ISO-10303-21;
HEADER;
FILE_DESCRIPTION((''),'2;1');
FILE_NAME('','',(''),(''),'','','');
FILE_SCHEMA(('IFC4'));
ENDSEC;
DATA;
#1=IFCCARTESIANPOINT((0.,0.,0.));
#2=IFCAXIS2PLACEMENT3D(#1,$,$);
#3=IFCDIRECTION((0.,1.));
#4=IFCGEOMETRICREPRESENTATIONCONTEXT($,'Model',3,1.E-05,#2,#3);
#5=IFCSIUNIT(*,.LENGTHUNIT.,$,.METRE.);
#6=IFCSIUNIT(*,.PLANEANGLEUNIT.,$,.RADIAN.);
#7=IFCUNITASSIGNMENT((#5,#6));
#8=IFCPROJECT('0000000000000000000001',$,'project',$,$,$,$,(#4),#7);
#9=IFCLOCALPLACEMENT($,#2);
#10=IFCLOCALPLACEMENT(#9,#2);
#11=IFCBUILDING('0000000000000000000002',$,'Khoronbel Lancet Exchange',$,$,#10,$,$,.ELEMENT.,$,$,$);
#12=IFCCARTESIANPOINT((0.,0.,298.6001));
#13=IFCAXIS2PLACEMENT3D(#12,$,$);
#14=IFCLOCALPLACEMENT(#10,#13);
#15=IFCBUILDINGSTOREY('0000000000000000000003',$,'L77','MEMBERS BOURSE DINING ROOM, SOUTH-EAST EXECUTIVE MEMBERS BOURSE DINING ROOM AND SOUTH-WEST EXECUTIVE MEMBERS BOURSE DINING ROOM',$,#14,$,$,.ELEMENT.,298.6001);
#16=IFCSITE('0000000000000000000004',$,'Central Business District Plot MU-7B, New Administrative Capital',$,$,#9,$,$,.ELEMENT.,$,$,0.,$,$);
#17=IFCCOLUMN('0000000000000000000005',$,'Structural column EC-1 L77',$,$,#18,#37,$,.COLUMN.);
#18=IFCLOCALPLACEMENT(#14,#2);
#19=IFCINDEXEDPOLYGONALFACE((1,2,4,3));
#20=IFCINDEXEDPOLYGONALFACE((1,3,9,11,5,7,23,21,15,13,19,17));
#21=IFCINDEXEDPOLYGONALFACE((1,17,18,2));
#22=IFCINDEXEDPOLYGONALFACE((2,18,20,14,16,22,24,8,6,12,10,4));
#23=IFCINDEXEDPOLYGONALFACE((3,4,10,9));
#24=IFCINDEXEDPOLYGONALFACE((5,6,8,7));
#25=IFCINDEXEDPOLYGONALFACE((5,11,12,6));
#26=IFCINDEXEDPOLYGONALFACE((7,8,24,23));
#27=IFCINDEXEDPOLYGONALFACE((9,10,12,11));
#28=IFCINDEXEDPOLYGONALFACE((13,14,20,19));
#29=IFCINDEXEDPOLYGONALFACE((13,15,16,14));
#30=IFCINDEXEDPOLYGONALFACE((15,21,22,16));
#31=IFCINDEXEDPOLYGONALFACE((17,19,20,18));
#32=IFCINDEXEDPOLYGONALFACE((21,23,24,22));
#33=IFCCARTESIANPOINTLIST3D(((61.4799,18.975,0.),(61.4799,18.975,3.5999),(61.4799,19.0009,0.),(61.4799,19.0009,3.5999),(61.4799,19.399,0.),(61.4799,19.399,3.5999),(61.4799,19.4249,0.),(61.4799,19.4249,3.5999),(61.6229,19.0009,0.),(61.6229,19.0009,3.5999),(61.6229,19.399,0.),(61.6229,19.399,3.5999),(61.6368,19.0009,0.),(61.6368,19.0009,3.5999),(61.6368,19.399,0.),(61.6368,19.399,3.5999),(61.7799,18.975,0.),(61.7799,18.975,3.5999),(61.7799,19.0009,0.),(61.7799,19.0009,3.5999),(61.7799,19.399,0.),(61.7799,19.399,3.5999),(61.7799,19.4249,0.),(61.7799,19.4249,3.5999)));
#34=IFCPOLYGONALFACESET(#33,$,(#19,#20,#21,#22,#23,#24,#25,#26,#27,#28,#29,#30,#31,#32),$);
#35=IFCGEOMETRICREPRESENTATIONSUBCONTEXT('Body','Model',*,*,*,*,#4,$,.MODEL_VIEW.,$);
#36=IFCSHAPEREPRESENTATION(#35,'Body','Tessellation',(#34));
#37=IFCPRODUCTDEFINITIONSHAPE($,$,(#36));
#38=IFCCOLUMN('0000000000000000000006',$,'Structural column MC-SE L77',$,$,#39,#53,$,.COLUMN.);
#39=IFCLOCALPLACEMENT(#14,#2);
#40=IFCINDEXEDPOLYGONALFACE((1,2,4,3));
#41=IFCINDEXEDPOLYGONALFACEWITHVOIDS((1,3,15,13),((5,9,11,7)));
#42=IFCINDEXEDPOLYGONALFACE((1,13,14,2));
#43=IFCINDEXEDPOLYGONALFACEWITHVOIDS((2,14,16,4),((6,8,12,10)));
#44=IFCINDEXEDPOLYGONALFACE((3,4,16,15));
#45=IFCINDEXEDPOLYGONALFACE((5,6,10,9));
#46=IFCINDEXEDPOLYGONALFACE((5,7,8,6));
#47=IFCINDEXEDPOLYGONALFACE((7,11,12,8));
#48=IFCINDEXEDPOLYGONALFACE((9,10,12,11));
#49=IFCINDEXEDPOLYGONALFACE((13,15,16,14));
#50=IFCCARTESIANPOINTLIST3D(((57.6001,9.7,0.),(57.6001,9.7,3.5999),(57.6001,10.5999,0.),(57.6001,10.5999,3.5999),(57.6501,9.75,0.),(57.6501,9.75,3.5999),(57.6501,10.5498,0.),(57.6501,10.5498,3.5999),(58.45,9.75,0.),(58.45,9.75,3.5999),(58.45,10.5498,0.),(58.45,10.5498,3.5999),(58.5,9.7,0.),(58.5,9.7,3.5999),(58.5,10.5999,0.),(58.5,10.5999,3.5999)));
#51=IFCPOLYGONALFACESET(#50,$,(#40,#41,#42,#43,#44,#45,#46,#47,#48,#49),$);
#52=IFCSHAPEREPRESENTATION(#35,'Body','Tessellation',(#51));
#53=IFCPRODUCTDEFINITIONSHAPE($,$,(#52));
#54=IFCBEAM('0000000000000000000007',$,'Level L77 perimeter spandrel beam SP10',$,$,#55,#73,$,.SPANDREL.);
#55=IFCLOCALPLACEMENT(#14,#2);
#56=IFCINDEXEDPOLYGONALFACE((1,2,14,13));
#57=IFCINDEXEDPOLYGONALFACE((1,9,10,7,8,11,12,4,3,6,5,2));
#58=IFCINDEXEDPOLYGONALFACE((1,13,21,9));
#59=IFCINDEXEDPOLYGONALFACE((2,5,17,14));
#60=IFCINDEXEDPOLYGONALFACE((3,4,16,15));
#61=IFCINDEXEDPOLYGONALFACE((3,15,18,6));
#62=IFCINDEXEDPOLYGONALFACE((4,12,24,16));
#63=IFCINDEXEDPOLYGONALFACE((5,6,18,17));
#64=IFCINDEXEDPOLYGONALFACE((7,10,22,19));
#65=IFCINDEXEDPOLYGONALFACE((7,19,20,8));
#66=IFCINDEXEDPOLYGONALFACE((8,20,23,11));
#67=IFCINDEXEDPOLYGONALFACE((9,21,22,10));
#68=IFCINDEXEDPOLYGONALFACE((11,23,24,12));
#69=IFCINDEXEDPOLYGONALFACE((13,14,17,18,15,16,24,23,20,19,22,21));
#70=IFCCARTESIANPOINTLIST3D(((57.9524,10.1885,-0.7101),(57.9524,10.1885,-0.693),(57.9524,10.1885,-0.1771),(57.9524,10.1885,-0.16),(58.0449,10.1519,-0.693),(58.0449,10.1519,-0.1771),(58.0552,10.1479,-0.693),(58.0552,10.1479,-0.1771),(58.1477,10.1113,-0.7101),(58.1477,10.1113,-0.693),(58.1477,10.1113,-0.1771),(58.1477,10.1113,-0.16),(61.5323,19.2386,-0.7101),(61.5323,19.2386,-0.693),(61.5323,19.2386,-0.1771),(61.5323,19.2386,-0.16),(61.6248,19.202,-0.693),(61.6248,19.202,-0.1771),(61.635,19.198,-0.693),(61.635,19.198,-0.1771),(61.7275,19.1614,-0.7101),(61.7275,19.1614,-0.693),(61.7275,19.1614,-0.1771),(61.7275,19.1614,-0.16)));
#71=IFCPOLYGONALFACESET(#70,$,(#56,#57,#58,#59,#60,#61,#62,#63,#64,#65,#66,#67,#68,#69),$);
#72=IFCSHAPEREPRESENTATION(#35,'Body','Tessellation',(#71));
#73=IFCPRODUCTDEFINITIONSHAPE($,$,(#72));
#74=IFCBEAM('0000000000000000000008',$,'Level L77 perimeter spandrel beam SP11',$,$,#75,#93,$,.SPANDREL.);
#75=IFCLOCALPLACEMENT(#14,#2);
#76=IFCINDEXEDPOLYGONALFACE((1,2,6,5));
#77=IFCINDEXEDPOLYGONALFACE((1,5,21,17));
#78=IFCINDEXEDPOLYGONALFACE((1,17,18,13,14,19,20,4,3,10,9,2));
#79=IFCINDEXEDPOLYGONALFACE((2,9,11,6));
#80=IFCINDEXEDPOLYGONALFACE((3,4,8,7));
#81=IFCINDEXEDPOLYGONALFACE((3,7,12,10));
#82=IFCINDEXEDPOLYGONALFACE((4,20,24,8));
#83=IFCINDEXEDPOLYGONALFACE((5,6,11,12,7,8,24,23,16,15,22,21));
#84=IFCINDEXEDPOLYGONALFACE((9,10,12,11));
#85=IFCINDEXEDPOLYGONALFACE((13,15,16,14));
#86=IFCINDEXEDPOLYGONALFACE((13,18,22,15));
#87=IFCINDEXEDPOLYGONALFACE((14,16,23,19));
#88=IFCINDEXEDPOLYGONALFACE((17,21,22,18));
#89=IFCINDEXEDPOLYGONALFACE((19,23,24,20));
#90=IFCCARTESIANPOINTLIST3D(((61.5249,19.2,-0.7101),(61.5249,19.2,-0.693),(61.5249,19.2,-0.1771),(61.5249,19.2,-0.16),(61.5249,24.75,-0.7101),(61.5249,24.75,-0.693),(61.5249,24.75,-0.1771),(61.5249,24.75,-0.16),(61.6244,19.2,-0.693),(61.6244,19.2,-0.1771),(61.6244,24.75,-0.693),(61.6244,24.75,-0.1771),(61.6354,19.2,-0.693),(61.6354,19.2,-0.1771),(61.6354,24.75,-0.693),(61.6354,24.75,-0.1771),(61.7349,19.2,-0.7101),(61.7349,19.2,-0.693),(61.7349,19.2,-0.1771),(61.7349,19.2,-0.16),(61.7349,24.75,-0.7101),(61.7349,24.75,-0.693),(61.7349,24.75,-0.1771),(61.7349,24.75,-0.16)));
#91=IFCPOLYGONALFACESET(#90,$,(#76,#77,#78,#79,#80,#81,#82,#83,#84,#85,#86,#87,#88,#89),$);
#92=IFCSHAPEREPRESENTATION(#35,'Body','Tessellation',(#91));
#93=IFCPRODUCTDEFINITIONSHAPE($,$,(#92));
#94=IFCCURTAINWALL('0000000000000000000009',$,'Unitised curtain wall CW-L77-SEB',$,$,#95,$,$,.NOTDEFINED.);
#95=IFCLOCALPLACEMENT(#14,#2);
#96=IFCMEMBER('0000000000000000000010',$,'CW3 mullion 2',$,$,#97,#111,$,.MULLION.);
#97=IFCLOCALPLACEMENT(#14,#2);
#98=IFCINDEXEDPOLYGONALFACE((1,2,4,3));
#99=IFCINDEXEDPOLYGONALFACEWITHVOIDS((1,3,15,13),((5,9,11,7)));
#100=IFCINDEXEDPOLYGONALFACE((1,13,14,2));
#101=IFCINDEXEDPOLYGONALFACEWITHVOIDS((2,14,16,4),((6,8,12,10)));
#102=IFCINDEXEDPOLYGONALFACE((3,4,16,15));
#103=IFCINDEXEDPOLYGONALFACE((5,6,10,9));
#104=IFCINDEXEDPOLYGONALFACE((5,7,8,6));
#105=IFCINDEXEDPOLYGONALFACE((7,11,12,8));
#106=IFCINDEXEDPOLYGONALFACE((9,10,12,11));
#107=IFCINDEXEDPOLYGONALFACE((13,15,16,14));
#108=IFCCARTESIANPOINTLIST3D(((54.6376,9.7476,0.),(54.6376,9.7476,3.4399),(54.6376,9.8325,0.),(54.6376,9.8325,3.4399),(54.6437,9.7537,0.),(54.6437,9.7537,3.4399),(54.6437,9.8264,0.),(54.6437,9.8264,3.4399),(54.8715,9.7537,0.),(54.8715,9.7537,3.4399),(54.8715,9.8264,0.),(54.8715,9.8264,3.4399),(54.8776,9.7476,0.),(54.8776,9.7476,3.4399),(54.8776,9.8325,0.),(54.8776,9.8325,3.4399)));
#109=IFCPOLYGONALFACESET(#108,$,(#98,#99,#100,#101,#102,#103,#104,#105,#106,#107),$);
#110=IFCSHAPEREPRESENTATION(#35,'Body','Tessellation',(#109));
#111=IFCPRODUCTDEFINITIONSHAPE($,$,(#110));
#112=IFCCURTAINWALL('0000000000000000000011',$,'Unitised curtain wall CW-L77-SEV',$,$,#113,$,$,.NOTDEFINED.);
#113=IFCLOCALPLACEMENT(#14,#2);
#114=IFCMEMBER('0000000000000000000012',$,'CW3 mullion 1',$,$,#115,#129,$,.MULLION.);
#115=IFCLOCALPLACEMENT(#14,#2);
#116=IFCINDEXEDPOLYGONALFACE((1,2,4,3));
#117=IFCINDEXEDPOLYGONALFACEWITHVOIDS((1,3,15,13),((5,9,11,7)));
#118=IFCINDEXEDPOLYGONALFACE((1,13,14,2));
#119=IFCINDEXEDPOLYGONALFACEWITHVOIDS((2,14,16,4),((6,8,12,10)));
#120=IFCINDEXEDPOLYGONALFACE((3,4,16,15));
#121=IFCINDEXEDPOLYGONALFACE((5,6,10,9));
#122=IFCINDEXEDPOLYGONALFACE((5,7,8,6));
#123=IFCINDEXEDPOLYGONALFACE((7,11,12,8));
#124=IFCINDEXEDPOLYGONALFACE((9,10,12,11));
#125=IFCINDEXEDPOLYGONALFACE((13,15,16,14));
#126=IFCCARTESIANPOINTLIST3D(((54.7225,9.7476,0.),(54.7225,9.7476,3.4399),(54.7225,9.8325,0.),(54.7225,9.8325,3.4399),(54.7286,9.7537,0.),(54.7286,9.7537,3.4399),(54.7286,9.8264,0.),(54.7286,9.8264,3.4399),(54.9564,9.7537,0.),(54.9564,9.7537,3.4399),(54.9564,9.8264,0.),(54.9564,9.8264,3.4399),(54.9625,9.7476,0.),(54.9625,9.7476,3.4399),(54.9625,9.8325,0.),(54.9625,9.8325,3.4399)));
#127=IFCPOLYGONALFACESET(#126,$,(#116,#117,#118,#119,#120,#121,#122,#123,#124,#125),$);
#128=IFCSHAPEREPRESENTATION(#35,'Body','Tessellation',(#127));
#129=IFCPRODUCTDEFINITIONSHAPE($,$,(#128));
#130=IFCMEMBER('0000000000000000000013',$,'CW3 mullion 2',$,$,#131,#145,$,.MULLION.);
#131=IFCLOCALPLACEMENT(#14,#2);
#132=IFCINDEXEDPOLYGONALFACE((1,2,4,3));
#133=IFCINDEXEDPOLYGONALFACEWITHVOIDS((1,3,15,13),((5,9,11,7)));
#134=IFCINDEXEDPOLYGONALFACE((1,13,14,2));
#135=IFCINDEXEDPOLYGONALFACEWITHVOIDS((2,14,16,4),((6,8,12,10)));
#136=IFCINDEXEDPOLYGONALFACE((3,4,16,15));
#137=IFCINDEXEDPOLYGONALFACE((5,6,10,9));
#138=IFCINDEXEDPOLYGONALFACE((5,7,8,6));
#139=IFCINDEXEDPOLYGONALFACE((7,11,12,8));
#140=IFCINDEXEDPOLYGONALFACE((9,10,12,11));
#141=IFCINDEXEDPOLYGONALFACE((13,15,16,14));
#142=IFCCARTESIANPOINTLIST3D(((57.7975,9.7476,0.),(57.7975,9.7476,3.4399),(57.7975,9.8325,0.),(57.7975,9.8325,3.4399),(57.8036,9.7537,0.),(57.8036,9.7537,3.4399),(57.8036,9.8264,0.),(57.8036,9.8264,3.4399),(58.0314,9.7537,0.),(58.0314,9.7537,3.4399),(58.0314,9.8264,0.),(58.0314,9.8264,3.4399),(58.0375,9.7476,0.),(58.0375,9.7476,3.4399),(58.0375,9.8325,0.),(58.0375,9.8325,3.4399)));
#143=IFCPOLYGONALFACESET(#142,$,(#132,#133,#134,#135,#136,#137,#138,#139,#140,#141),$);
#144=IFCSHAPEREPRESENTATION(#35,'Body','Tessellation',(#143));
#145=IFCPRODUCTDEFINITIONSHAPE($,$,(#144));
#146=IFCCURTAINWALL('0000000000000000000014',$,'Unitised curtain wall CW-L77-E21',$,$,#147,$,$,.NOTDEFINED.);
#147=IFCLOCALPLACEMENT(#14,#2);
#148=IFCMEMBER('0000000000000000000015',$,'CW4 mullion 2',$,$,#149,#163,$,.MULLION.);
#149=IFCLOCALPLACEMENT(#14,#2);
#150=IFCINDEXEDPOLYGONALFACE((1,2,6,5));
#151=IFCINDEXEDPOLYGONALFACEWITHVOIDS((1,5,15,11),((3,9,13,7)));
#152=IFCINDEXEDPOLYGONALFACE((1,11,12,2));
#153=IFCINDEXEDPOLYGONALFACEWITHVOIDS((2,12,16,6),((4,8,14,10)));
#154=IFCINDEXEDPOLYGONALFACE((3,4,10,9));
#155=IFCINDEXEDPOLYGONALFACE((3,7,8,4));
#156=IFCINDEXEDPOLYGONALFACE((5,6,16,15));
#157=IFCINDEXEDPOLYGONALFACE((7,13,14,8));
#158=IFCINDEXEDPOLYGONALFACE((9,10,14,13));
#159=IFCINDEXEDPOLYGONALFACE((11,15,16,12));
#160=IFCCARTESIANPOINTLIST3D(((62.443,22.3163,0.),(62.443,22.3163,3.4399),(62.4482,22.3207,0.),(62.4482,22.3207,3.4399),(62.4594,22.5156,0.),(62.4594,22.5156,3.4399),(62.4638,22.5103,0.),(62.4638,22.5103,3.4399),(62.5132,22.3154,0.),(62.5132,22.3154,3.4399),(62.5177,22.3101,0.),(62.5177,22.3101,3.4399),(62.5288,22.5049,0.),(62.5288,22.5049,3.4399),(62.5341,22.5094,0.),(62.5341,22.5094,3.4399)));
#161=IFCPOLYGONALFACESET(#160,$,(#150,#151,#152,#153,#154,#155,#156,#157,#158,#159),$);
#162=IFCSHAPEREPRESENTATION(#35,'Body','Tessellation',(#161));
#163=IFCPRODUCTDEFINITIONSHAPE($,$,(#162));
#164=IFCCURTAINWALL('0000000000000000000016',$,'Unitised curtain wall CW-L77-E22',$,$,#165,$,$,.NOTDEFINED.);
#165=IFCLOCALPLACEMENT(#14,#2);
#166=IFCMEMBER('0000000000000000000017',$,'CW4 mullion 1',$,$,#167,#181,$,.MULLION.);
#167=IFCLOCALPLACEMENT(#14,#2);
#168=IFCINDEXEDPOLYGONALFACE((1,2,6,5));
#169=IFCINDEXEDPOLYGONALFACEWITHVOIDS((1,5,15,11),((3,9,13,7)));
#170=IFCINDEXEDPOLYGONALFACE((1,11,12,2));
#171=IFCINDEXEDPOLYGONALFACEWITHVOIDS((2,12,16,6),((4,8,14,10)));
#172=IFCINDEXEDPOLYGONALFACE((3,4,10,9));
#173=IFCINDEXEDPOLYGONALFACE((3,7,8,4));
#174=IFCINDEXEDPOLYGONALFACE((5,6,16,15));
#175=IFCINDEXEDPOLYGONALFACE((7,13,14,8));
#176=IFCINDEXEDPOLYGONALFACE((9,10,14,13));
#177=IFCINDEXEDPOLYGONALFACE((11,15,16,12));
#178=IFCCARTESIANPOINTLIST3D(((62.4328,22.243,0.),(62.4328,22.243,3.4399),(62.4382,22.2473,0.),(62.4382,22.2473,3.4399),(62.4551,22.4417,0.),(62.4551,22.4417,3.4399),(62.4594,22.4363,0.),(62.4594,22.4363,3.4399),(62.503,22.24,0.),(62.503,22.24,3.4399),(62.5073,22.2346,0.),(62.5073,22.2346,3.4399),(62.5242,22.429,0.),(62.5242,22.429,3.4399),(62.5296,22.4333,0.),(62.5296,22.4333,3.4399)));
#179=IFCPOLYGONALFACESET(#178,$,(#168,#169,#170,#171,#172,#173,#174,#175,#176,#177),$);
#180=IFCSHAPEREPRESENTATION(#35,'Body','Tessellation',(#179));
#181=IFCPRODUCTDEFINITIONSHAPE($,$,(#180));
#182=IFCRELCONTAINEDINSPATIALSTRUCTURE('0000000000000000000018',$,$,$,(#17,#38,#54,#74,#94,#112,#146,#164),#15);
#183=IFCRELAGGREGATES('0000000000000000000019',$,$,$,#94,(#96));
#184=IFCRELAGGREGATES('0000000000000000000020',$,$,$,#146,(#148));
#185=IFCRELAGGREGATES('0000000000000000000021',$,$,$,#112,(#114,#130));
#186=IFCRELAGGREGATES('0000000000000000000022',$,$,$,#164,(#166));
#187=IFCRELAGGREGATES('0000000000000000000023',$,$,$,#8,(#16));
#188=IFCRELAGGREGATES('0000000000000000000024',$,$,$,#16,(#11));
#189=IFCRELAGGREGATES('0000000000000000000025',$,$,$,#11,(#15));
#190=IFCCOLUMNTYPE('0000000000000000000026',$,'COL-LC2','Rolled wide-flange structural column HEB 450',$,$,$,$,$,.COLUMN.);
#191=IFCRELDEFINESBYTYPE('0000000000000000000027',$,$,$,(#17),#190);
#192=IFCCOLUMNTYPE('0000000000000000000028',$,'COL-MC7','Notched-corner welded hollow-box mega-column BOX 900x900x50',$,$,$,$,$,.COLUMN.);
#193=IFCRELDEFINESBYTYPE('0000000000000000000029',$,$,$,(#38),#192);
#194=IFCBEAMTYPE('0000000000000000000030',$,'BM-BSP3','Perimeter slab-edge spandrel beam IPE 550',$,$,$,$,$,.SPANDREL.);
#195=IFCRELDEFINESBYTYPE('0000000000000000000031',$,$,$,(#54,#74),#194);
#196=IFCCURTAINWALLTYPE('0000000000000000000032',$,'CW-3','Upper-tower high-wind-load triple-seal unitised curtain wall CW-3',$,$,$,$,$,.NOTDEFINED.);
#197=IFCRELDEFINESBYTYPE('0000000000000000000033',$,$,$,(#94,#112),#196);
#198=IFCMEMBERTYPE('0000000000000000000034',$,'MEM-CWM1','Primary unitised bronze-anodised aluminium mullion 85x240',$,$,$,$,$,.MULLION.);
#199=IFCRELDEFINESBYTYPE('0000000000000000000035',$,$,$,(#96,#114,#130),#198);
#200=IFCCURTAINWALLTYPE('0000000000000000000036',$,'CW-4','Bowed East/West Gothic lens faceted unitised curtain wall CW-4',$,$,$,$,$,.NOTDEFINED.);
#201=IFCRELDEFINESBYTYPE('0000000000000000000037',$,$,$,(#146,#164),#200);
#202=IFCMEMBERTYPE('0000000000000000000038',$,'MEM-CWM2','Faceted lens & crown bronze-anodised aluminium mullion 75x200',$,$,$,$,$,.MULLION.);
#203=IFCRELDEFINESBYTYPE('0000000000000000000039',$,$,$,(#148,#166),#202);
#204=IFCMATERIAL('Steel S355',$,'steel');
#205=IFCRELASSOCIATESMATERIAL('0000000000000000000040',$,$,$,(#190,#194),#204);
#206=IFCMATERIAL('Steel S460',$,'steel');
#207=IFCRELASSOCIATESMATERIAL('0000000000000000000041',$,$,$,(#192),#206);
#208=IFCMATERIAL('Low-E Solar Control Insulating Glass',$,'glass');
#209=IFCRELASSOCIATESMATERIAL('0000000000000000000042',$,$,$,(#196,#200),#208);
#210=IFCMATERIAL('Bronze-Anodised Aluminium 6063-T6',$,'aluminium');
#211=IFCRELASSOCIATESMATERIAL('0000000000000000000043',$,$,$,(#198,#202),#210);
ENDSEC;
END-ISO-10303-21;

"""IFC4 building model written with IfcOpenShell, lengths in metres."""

from ifc_helpers import new_model, si_unit, direction, frame, origin, origin_2d, place, context, subcontext, project, spatial, hollow_rectangle, i_section, extrude, material, material_profile, profile_set, type_object, element, aggregate, save


model = new_model("IFC4")

# Units and contexts
model_context = context("Model", 3, precision=1e-05, world=origin(), true_north=direction((0.0, 1.0)))
body_context = subcontext(model_context, "Body", "Model", "MODEL_VIEW")
ifc_project = project(units=[si_unit("LENGTHUNIT", "METRE"), si_unit("PLANEANGLEUNIT", "RADIAN")], contexts=[model_context])

# Site, building, storey
site_placement = place(None, origin())
site = spatial("IfcSite", under=ifc_project, at=site_placement, Name="Central Business District Plot MU-7B, New Administrative Capital", CompositionType="ELEMENT", RefElevation=0.0)
building_placement = place(site_placement, origin())
building = spatial("IfcBuilding", under=site, at=building_placement, Name="Khoronbel Lancet Exchange", CompositionType="ELEMENT")
storey_placement = place(building_placement, frame((0.0, 0.0, 298.6001)))
storey = spatial("IfcBuildingStorey", under=building, at=storey_placement, Name="L77", Description="MEMBERS BOURSE DINING ROOM, SOUTH-EAST EXECUTIVE MEMBERS BOURSE DINING ROOM AND SOUTH-WEST EXECUTIVE MEMBERS BOURSE DINING ROOM", CompositionType="ELEMENT", Elevation=298.6001)

# Columns
ifc_material_1 = material(Name="Steel S355", Category="steel")
ifc_material_profile_1 = material_profile(ifc_material_1, i_section(OverallWidth=0.3, OverallDepth=0.45, WebThickness=0.0139, FlangeThickness=0.0259, at=origin_2d()), Name="HEB 450")
ifc_profile_set_1 = profile_set([ifc_material_profile_1], Name="Steel S355")
column_type_1 = type_object("IfcColumnType", Name="COL-LC2", Description="Rolled wide-flange structural column HEB 450", PredefinedType="COLUMN", material=ifc_profile_set_1)
column_1_placement = place(storey_placement, frame((61.6299, 19.2, 0.0), z_axis=(0.0, 0.0, 1.0), x_axis=(1.0, 0.0, 0.0)))
element("IfcColumn", 1, at=column_1_placement, inside=storey, type_object=column_type_1, Name="Structural column EC-1 L77", PredefinedType="COLUMN", context=body_context, shape_type="SweptSolid", body=[
    extrude(i_section(OverallWidth=0.3, OverallDepth=0.45, WebThickness=0.0139, FlangeThickness=0.0259, at=origin_2d()), origin(), (0.0, 0.0, 1.0), 3.5999),
])
ifc_material_2 = material(Name="Steel S460", Category="steel")
ifc_material_profile_2 = material_profile(ifc_material_2, hollow_rectangle(XDim=0.8999, YDim=0.8999, WallThickness=0.05, at=origin_2d()), Name="BOX 900x900x50")
ifc_profile_set_2 = profile_set([ifc_material_profile_2], Name="Steel S460")
column_type_2 = type_object("IfcColumnType", Name="COL-MC7", Description="Notched-corner welded hollow-box mega-column BOX 900x900x50", PredefinedType="COLUMN", material=ifc_profile_set_2)
column_2_placement = place(storey_placement, frame((58.05, 10.1499, 0.0), z_axis=(0.0, 0.0, 1.0), x_axis=(1.0, 0.0, 0.0)))
element("IfcColumn", 2, at=column_2_placement, inside=storey, type_object=column_type_2, Name="Structural column MC-SE L77", PredefinedType="COLUMN", context=body_context, shape_type="SweptSolid", body=[
    extrude(hollow_rectangle(XDim=0.8999, YDim=0.8999, WallThickness=0.05, at=origin_2d()), origin(), (0.0, 0.0, 1.0), 3.5999),
])

# Beams
ifc_material_profile_3 = material_profile(ifc_material_1, i_section(OverallWidth=0.21, OverallDepth=0.55, WebThickness=0.011, FlangeThickness=0.0171, at=origin_2d()), Name="IPE 550")
ifc_profile_set_3 = profile_set([ifc_material_profile_3], Name="Steel S355")
beam_type = type_object("IfcBeamType", Name="BM-BSP3", Description="Perimeter slab-edge spandrel beam IPE 550", PredefinedType="SPANDREL", material=ifc_profile_set_3)
beam_1_placement = place(storey_placement, frame((58.05, 10.1499, -0.4351), z_axis=(0.367828, 0.929894, 0.0), x_axis=(-0.929894, 0.367828, 0.0)))
element("IfcBeam", 3, at=beam_1_placement, inside=storey, type_object=beam_type, Name="Level L77 perimeter spandrel beam SP10", PredefinedType="SPANDREL", context=body_context, shape_type="SweptSolid", body=[
    extrude(i_section(OverallWidth=0.21, OverallDepth=0.55, WebThickness=0.011, FlangeThickness=0.0171, at=origin_2d()), origin(), (0.0, 0.0, 1.0), 9.7324),
])
beam_2_placement = place(storey_placement, frame((61.6299, 19.2, -0.4351), z_axis=(0.0, 1.0, 0.0), x_axis=(-1.0, 0.0, 0.0)))
element("IfcBeam", 4, at=beam_2_placement, inside=storey, type_object=beam_type, Name="Level L77 perimeter spandrel beam SP11", PredefinedType="SPANDREL", context=body_context, shape_type="SweptSolid", body=[
    extrude(i_section(OverallWidth=0.21, OverallDepth=0.55, WebThickness=0.011, FlangeThickness=0.0171, at=origin_2d()), origin(), (0.0, 0.0, 1.0), 5.55),
])

# Curtain wall, member
ifc_material_3 = material(Name="Low-E Solar Control Insulating Glass", Category="glass")
curtain_wall_type_1 = type_object("IfcCurtainWallType", Name="CW-3", Description="Upper-tower high-wind-load triple-seal unitised curtain wall CW-3", PredefinedType="NOTDEFINED", material=ifc_material_3)
curtain_wall_1_placement = place(storey_placement, origin())
curtain_wall_1 = element("IfcCurtainWall", 5, at=curtain_wall_1_placement, inside=storey, type_object=curtain_wall_type_1, Name="Unitised curtain wall CW-L77-SEB", PredefinedType="NOTDEFINED")
ifc_material_4 = material(Name="Bronze-Anodised Aluminium 6063-T6", Category="aluminium")
ifc_material_profile_4 = material_profile(ifc_material_4, hollow_rectangle(XDim=0.085, YDim=0.24, WallThickness=0.0061, at=origin_2d()), Name="ALU MULLION 85x240")
ifc_profile_set_4 = profile_set([ifc_material_profile_4], Name="Bronze-Anodised Aluminium 6063-T6")
member_type_1 = type_object("IfcMemberType", Name="MEM-CWM1", Description="Primary unitised bronze-anodised aluminium mullion 85x240", PredefinedType="MULLION", material=ifc_profile_set_4)
member_1_placement = place(storey_placement, frame((54.7576, 9.79, 0.0), z_axis=(0.0, 0.0, 1.0), x_axis=(0.0, 1.0, 0.0)))
member_1 = element("IfcMember", 6, at=member_1_placement, type_object=member_type_1, Name="CW3 mullion 2", PredefinedType="MULLION", context=body_context, shape_type="SweptSolid", body=[
    extrude(hollow_rectangle(XDim=0.085, YDim=0.24, WallThickness=0.0061, at=origin_2d()), origin(), (0.0, 0.0, 1.0), 3.4399),
])
aggregate(curtain_wall_1, [member_1])

# Curtain wall, members
curtain_wall_2_placement = place(storey_placement, origin())
curtain_wall_2 = element("IfcCurtainWall", 7, at=curtain_wall_2_placement, inside=storey, type_object=curtain_wall_type_1, Name="Unitised curtain wall CW-L77-SEV", PredefinedType="NOTDEFINED")
member_2_placement = place(storey_placement, frame((54.8425, 9.79, 0.0), z_axis=(0.0, 0.0, 1.0), x_axis=(0.0, 1.0, 0.0)))
member_2 = element("IfcMember", 8, at=member_2_placement, type_object=member_type_1, Name="CW3 mullion 1", PredefinedType="MULLION", context=body_context, shape_type="SweptSolid", body=[
    extrude(hollow_rectangle(XDim=0.085, YDim=0.24, WallThickness=0.0061, at=origin_2d()), origin(), (0.0, 0.0, 1.0), 3.4399),
])
member_3_placement = place(storey_placement, frame((57.9175, 9.79, 0.0), z_axis=(0.0, 0.0, 1.0), x_axis=(0.0, 1.0, 0.0)))
member_3 = element("IfcMember", 9, at=member_3_placement, type_object=member_type_1, Name="CW3 mullion 2", PredefinedType="MULLION", context=body_context, shape_type="SweptSolid", body=[
    extrude(hollow_rectangle(XDim=0.085, YDim=0.24, WallThickness=0.0061, at=origin_2d()), origin(), (0.0, 0.0, 1.0), 3.4399),
])

# Curtain wall, member
curtain_wall_type_2 = type_object("IfcCurtainWallType", Name="CW-4", Description="Bowed East/West Gothic lens faceted unitised curtain wall CW-4", PredefinedType="NOTDEFINED", material=ifc_material_3)
curtain_wall_3_placement = place(storey_placement, origin())
curtain_wall_3 = element("IfcCurtainWall", 10, at=curtain_wall_3_placement, inside=storey, type_object=curtain_wall_type_2, Name="Unitised curtain wall CW-L77-E21", PredefinedType="NOTDEFINED")
ifc_material_profile_5 = material_profile(ifc_material_4, hollow_rectangle(XDim=0.075, YDim=0.2, WallThickness=0.0049, at=origin_2d()), Name="ALU MULLION 75x200")
ifc_profile_set_5 = profile_set([ifc_material_profile_5], Name="Bronze-Anodised Aluminium 6063-T6")
member_type_2 = type_object("IfcMemberType", Name="MEM-CWM2", Description="Faceted lens & crown bronze-anodised aluminium mullion 75x200", PredefinedType="MULLION", material=ifc_profile_set_5)
member_4_placement = place(storey_placement, frame((62.4885, 22.4128, 0.0), z_axis=(0.0, 0.0, 1.0), x_axis=(0.996626, -0.082073, 0.0)))
member_4 = element("IfcMember", 11, at=member_4_placement, type_object=member_type_2, Name="CW4 mullion 2", PredefinedType="MULLION", context=body_context, shape_type="SweptSolid", body=[
    extrude(hollow_rectangle(XDim=0.075, YDim=0.2, WallThickness=0.0049, at=origin_2d()), origin(), (0.0, 0.0, 1.0), 3.4399),
])

# Curtain wall, member
curtain_wall_4_placement = place(storey_placement, origin())
curtain_wall_4 = element("IfcCurtainWall", 12, at=curtain_wall_4_placement, inside=storey, type_object=curtain_wall_type_2, Name="Unitised curtain wall CW-L77-E22", PredefinedType="NOTDEFINED")
member_5_placement = place(storey_placement, frame((62.4812, 22.3381, 0.0), z_axis=(0.0, 0.0, 1.0), x_axis=(0.993732, -0.111791, 0.0)))
member_5 = element("IfcMember", 13, at=member_5_placement, type_object=member_type_2, Name="CW4 mullion 1", PredefinedType="MULLION", context=body_context, shape_type="SweptSolid", body=[
    extrude(hollow_rectangle(XDim=0.075, YDim=0.2, WallThickness=0.0049, at=origin_2d()), origin(), (0.0, 0.0, 1.0), 3.4399),
])

aggregate(curtain_wall_3, [member_4])
aggregate(curtain_wall_2, [member_2, member_3])
aggregate(curtain_wall_4, [member_5])

save(model, "model.ifc")
